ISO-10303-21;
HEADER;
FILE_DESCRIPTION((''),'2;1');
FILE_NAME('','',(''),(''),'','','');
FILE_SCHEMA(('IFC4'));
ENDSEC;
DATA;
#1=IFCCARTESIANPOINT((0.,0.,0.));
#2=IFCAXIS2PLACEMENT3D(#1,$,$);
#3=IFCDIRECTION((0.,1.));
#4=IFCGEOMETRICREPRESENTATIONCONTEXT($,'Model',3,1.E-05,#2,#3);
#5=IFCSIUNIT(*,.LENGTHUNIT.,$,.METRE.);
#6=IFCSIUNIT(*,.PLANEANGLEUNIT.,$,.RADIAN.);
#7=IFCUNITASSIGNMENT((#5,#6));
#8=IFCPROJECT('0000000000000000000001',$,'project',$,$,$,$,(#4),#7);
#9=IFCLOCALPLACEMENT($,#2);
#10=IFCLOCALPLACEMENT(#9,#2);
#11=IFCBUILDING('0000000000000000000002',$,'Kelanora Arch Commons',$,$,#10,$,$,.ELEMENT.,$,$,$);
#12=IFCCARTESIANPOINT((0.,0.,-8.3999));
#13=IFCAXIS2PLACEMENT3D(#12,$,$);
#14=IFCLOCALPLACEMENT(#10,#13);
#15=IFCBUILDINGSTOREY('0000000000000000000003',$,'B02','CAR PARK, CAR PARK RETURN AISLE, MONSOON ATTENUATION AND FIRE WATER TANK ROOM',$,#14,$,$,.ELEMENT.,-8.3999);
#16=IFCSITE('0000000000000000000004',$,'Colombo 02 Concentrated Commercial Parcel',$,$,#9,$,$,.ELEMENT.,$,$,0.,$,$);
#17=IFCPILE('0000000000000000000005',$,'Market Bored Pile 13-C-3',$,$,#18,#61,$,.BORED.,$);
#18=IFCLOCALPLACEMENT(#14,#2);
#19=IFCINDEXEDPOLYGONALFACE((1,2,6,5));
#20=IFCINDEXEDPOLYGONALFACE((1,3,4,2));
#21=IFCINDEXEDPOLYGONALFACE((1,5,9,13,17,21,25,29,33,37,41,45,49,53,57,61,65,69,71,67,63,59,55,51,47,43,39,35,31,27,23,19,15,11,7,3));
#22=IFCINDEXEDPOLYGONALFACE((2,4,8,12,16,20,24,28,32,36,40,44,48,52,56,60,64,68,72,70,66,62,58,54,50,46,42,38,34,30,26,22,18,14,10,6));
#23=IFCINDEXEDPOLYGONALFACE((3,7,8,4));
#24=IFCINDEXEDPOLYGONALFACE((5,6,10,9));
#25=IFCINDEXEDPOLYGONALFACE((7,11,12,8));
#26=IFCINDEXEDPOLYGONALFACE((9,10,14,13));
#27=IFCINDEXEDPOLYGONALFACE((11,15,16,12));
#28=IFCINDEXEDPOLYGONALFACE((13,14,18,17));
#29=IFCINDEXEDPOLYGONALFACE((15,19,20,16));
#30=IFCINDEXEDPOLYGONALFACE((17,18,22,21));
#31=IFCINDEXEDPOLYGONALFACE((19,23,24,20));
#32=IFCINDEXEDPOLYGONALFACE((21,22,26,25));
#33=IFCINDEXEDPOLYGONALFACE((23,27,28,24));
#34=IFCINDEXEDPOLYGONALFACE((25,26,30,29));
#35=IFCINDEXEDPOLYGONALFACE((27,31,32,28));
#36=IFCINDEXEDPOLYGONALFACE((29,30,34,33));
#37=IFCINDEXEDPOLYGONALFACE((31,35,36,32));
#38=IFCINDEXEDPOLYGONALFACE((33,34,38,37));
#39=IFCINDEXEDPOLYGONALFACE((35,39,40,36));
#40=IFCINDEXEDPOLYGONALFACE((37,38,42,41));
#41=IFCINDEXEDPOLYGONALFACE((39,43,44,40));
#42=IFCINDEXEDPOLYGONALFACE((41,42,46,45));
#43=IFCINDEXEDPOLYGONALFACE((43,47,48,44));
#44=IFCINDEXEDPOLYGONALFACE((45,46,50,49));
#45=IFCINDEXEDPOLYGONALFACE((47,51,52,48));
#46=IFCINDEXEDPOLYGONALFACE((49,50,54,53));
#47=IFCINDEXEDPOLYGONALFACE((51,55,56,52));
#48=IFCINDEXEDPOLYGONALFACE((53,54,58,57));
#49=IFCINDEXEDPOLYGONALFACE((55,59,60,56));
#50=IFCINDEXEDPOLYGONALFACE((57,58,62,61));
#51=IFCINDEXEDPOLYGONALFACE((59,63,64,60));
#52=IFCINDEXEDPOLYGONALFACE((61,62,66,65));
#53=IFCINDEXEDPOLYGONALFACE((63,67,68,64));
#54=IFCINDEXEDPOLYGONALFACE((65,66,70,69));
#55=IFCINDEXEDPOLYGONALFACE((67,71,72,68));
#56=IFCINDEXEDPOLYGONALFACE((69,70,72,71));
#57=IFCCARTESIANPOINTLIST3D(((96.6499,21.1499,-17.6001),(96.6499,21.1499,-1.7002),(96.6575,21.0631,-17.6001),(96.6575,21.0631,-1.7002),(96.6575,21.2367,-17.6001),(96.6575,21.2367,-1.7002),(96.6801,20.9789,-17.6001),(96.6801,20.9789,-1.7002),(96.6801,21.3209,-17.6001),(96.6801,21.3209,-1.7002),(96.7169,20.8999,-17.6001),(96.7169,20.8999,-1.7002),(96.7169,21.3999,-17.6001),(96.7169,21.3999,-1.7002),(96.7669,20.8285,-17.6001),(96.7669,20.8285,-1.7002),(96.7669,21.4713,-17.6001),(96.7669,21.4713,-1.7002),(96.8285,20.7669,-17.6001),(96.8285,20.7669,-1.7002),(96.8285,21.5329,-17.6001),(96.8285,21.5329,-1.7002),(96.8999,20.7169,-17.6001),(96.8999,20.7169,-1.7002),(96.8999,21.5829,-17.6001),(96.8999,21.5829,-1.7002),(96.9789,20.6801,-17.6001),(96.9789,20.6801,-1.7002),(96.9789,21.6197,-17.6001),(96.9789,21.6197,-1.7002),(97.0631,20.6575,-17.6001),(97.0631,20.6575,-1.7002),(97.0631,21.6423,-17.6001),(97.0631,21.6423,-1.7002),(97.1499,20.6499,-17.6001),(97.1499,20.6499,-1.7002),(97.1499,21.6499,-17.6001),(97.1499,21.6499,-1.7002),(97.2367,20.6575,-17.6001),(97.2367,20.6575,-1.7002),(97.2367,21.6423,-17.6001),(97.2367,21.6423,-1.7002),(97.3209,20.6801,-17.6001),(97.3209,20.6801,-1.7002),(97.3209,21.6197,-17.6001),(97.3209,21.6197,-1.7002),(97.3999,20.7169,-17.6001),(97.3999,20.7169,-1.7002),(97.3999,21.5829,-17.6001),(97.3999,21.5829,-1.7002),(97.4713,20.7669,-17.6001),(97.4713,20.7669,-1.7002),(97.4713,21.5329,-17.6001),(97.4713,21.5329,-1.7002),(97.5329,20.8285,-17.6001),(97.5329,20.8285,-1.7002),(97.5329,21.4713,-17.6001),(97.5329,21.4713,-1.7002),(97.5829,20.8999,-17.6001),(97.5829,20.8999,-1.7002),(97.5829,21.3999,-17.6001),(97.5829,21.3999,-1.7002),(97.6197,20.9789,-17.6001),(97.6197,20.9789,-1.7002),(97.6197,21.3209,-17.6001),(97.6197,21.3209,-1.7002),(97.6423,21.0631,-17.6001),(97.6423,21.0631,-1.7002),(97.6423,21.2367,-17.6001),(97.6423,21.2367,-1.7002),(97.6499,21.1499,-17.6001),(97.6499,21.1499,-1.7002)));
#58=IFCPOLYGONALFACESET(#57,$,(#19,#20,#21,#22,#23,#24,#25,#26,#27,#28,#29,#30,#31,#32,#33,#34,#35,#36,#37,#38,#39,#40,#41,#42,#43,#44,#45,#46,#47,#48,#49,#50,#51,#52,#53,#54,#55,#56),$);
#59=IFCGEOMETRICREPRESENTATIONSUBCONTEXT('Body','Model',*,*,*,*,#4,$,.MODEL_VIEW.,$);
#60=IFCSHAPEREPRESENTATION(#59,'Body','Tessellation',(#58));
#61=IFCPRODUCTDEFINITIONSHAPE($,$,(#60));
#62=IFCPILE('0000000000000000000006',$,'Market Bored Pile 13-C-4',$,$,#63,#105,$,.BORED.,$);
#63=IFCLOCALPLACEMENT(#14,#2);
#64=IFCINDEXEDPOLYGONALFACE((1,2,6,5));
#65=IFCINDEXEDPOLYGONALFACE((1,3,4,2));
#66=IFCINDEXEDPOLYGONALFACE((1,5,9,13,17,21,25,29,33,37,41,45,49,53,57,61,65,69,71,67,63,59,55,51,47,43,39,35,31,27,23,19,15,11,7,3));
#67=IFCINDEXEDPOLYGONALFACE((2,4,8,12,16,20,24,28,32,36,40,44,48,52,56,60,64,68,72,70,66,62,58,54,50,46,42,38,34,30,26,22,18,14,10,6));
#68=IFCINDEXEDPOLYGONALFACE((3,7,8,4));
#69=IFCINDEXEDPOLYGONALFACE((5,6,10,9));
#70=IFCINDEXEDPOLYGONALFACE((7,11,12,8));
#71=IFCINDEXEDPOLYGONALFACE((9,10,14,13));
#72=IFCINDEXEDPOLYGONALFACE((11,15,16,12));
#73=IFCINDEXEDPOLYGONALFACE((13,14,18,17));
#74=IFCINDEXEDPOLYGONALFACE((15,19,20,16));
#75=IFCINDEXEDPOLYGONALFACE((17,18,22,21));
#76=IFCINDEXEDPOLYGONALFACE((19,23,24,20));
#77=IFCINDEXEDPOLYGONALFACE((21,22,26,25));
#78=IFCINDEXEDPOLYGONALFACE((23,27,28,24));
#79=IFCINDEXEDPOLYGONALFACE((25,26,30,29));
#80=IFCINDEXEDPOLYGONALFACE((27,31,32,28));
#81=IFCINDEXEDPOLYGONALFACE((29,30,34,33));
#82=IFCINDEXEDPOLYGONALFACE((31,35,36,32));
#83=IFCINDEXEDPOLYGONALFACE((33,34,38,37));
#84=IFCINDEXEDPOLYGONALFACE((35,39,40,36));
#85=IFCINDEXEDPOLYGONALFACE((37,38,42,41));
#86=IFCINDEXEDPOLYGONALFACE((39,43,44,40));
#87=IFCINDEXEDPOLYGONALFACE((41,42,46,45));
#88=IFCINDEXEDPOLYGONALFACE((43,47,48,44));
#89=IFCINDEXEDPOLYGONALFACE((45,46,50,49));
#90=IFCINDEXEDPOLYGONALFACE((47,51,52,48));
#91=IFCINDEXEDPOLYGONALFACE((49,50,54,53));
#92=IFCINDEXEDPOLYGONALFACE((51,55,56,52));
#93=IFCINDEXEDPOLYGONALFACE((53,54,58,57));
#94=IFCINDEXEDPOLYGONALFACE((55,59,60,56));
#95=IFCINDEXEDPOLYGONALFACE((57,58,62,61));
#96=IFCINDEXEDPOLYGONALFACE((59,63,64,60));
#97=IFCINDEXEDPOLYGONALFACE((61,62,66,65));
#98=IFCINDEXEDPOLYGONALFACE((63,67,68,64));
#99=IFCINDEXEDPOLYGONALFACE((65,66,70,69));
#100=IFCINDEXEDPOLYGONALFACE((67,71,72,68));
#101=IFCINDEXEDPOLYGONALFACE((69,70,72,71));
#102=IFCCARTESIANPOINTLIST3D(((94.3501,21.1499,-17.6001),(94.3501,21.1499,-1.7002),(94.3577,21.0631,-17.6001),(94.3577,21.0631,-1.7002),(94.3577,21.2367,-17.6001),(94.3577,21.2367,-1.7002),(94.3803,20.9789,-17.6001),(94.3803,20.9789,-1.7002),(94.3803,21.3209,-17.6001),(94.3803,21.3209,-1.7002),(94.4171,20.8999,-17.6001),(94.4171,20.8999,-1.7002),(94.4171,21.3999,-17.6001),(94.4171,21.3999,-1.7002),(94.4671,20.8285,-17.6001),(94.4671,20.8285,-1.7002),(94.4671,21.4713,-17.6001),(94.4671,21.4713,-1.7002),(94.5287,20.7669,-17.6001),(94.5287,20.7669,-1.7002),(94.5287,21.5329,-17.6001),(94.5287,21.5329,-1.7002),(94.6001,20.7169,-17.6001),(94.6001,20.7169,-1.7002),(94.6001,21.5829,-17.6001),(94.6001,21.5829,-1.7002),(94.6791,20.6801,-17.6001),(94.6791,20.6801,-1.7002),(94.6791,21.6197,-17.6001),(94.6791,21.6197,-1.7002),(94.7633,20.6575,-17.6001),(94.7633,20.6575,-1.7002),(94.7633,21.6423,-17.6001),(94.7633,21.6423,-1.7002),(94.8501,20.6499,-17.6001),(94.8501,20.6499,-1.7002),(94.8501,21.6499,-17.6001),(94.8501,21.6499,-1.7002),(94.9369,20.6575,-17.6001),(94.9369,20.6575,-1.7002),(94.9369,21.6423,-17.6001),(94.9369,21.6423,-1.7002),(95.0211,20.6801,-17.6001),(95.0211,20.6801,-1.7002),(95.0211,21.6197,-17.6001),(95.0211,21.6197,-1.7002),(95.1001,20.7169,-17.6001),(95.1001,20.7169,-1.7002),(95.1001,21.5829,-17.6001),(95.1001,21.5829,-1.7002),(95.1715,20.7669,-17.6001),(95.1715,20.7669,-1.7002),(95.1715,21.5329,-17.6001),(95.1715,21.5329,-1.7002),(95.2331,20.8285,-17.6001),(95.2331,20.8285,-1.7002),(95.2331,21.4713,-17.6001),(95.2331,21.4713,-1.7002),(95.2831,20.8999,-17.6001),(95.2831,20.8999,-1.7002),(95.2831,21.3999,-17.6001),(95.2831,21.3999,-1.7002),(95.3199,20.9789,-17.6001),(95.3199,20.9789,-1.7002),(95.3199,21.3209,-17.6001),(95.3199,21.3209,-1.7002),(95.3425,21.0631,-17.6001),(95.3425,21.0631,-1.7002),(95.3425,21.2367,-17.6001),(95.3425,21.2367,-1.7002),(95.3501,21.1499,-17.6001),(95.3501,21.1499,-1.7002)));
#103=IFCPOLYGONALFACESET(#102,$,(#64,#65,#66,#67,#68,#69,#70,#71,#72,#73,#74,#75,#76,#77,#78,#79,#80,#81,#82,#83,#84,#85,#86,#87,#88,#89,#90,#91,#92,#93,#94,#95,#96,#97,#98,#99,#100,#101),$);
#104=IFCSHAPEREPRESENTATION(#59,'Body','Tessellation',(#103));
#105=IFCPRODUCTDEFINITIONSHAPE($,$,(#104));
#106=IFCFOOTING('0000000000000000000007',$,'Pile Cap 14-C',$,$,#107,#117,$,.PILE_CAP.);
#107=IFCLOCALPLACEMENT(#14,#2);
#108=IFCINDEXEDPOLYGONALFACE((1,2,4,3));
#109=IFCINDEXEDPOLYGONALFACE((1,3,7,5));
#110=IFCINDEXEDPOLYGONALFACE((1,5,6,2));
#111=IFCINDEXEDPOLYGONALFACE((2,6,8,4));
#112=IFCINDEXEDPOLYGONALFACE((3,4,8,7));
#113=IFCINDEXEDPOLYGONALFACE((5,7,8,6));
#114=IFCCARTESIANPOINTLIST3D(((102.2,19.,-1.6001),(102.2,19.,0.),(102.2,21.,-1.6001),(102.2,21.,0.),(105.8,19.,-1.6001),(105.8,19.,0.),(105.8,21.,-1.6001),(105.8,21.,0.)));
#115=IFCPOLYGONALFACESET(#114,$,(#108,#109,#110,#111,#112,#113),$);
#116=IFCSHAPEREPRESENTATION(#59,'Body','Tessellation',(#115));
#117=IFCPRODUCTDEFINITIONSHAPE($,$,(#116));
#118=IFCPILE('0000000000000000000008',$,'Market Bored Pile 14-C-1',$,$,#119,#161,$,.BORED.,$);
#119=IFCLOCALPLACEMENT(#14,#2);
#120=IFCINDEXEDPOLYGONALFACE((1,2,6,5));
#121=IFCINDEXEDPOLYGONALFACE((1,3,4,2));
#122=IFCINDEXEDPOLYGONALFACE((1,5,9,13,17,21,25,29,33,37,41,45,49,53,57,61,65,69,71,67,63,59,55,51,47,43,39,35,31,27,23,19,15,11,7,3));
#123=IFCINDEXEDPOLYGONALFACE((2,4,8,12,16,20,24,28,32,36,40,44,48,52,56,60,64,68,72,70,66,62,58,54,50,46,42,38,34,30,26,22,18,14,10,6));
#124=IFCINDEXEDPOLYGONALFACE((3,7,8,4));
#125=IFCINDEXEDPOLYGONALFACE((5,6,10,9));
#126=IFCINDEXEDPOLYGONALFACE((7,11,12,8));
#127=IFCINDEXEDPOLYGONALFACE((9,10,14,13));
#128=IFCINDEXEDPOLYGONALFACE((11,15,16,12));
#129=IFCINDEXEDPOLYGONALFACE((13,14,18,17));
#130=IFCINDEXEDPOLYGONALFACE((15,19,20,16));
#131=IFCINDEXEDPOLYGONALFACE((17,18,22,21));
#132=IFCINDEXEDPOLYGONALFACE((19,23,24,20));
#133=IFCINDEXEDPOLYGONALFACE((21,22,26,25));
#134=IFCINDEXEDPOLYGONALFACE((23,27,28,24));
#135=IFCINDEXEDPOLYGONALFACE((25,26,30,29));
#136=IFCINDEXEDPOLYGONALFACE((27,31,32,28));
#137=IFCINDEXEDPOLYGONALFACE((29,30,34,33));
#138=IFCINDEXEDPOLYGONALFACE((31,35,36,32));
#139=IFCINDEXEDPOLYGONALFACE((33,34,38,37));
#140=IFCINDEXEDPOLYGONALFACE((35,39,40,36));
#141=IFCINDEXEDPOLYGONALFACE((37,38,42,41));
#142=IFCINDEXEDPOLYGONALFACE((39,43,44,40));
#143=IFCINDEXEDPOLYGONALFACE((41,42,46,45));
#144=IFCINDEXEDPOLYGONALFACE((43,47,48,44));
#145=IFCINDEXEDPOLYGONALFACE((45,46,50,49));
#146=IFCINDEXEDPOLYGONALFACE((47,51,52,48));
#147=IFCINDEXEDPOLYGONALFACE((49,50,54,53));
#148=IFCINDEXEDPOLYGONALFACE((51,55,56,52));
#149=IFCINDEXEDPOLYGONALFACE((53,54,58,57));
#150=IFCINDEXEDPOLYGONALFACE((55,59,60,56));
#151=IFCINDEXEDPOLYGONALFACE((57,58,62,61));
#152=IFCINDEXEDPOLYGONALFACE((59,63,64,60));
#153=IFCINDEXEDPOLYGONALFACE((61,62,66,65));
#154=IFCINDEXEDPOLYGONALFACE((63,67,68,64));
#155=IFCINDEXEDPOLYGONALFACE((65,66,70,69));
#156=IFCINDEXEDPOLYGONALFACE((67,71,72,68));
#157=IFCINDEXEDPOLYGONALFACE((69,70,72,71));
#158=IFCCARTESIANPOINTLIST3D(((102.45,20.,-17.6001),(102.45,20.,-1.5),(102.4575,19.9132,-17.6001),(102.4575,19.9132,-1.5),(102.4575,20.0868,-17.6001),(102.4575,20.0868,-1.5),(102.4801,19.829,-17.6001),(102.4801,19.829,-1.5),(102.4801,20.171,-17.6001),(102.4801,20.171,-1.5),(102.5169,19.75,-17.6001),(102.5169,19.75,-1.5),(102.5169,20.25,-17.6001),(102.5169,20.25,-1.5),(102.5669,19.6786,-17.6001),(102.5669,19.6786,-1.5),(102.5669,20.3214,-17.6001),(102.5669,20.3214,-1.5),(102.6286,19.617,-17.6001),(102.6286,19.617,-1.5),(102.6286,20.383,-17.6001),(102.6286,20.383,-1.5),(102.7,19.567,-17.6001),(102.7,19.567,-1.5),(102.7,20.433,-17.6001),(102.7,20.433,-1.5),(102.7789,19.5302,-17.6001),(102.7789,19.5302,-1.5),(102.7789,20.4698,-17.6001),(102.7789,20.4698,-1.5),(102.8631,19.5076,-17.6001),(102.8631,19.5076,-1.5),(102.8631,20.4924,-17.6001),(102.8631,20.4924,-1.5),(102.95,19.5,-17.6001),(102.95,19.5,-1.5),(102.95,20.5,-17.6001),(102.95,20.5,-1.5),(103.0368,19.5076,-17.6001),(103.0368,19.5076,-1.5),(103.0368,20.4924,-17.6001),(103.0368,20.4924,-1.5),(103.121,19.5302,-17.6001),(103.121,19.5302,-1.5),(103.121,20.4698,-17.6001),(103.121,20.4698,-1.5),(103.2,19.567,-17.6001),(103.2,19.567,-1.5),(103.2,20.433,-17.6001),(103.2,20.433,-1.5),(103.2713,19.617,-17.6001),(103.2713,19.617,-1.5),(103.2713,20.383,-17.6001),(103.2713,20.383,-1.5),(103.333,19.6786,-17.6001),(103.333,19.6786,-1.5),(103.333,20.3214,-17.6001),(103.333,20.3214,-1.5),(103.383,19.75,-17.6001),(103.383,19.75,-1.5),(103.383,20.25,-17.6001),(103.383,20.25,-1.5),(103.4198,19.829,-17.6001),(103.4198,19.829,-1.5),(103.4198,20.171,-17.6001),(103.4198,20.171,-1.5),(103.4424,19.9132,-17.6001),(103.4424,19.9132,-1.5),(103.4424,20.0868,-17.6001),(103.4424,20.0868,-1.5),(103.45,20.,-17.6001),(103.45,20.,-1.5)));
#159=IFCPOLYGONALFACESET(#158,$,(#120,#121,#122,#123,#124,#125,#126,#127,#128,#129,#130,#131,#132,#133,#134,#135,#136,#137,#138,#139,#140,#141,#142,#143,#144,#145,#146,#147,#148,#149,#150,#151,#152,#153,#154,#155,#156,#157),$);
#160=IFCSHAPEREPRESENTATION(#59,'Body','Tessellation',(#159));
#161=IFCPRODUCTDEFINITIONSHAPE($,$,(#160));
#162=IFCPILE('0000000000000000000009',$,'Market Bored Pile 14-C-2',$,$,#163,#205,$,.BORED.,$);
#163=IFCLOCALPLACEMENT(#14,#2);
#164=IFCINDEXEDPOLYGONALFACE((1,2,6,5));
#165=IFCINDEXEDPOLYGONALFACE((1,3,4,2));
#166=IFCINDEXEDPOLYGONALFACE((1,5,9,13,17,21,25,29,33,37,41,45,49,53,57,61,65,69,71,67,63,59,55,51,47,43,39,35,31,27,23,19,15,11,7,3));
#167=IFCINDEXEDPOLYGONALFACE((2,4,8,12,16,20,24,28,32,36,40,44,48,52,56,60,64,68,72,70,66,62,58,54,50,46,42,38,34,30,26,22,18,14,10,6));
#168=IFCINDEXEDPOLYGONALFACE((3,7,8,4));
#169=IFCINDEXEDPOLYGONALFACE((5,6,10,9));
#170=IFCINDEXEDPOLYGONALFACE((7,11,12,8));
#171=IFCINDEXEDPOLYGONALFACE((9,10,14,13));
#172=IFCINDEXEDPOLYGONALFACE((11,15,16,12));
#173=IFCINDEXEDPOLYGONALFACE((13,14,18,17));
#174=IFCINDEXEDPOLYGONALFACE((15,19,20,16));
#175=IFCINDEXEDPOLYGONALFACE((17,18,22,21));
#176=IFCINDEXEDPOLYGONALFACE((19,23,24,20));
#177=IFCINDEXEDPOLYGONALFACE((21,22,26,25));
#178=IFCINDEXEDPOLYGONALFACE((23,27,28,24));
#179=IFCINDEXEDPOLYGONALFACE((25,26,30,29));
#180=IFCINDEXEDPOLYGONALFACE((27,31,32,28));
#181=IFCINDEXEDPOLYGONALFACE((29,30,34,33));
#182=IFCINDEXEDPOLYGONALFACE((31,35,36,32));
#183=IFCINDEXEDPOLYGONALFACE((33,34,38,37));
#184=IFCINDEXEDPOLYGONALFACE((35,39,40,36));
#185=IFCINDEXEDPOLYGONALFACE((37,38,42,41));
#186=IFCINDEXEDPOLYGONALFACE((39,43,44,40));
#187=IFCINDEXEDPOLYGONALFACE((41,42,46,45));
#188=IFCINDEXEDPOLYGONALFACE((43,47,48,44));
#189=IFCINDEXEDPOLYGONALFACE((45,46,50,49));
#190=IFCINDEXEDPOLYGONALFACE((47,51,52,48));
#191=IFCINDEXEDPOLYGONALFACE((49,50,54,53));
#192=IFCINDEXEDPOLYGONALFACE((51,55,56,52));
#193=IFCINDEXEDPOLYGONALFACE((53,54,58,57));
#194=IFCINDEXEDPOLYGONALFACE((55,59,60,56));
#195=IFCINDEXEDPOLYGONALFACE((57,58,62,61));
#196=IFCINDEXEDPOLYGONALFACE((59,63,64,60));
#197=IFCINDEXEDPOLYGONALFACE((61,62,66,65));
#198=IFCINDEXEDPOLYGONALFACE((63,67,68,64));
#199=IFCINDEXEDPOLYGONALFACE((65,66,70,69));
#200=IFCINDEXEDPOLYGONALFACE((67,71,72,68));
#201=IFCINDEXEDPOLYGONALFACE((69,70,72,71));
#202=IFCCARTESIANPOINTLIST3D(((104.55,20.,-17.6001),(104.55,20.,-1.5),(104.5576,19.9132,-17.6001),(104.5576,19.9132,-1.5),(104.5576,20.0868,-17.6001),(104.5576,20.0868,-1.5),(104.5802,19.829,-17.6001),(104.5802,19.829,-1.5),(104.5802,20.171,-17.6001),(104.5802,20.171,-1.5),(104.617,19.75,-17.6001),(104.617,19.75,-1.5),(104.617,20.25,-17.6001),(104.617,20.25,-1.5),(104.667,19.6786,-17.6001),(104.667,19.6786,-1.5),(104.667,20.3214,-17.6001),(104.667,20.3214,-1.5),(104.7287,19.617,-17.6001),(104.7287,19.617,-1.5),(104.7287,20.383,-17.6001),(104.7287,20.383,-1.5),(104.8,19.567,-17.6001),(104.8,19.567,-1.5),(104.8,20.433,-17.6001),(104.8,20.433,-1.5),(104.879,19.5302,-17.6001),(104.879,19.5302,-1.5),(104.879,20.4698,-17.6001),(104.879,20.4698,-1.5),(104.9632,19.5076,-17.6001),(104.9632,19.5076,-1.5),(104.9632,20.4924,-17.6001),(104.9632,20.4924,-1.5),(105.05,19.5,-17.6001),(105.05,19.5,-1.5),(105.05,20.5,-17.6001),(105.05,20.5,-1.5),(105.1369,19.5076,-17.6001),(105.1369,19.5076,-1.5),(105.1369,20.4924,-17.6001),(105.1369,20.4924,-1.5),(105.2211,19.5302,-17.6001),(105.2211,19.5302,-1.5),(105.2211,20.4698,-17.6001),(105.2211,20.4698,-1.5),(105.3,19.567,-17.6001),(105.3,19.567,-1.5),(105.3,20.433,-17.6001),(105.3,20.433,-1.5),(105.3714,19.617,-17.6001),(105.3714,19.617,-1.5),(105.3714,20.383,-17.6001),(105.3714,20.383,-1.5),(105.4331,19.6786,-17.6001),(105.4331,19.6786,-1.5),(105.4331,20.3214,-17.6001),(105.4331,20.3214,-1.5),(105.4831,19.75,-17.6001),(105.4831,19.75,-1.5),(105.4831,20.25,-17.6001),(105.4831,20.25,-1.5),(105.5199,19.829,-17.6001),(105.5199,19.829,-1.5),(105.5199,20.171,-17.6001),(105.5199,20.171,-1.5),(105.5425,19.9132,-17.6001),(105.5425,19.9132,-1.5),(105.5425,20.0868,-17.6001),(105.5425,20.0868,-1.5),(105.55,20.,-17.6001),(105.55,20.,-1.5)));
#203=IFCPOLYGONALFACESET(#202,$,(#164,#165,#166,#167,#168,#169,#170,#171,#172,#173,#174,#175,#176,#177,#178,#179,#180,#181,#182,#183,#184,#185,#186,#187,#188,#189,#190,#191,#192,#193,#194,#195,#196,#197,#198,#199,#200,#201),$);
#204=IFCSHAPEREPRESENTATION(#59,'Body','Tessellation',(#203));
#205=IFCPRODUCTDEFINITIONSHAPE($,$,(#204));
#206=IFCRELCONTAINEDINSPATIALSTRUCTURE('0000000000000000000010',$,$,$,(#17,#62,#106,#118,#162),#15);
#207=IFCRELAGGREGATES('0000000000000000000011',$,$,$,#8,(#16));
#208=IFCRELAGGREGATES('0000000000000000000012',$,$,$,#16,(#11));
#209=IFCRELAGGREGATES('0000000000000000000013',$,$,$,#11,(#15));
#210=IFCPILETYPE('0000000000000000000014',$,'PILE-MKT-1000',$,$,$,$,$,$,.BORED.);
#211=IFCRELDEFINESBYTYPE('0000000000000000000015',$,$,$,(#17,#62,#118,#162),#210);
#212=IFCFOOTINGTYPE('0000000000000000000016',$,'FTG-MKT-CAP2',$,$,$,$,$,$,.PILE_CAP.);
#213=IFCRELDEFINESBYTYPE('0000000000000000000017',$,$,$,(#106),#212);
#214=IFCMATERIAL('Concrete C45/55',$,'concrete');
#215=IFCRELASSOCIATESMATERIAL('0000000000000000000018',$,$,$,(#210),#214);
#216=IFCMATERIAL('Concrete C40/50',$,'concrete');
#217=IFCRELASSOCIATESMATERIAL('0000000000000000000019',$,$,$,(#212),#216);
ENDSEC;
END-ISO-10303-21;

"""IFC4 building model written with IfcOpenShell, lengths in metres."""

from ifc_helpers import new_model, si_unit, direction, frame, origin, origin_2d, place, context, subcontext, project, spatial, rectangle, circle, extrude, source, transform, mapped, material, material_profile, profile_set, type_object, element, save


model = new_model("IFC4")

# Units and contexts
model_context = context("Model", 3, precision=1e-05, world=origin(), true_north=direction((0.0, 1.0)))
body_context = subcontext(model_context, "Body", "Model", "MODEL_VIEW")
ifc_project = project(units=[si_unit("LENGTHUNIT", "METRE"), si_unit("PLANEANGLEUNIT", "RADIAN")], contexts=[model_context])

# Site, building, storey
site_placement = place(None, origin())
site = spatial("IfcSite", under=ifc_project, at=site_placement, Name="Colombo 02 Concentrated Commercial Parcel", CompositionType="ELEMENT", RefElevation=0.0)
building_placement = place(site_placement, origin())
building = spatial("IfcBuilding", under=site, at=building_placement, Name="Kelanora Arch Commons", CompositionType="ELEMENT")
storey_placement = place(building_placement, frame((0.0, 0.0, -8.3999)))
storey = spatial("IfcBuildingStorey", under=building, at=storey_placement, Name="B02", Description="CAR PARK, CAR PARK RETURN AISLE, MONSOON ATTENUATION AND FIRE WATER TANK ROOM", CompositionType="ELEMENT", Elevation=-8.3999)

# Shared definitions
ifc_material_1 = material(Name="Concrete C40/50", Category="concrete")

# Piles
ifc_material_2 = material(Name="Concrete C45/55", Category="concrete")
ifc_material_profile_1 = material_profile(ifc_material_2, circle(Radius=0.5, at=origin_2d()), Name="PILE1000")
ifc_profile_set_1 = profile_set([ifc_material_profile_1], Name="Concrete C45/55")
pile_type = type_object("IfcPileType", Name="PILE-MKT-1000", PredefinedType="BORED", material=ifc_profile_set_1)
shared_shape_1 = source(origin(), body_context, "Body", "SweptSolid", [
    extrude(circle(Radius=0.5, at=origin_2d()), origin(), (0.0, 0.0, 1.0), 15.8999),
])
for number, where, z_axis, x_axis, name in (
    (1, (97.1499, 21.1499, -1.7002), (0.0, 0.0, -1.0), (1.0, 0.0, 0.0), "Market Bored Pile 13-C-3"),
    (2, (94.8501, 21.1499, -1.7002), (0.0, 0.0, -1.0), (1.0, 0.0, 0.0), "Market Bored Pile 13-C-4"),
):
    element("IfcPile", number, at=place(storey_placement, frame(where, z_axis=z_axis, x_axis=x_axis)), inside=storey, type_object=pile_type, Name=name, PredefinedType="BORED", context=body_context, shape_type="MappedRepresentation", body=[
        mapped(shared_shape_1, transform((0.0, 0.0, 0.0), scale=1.0)),
    ])

# Footing
footing_type_1 = type_object("IfcFootingType", Name="FTG-MKT-CAP2", PredefinedType="PILE_CAP", material=ifc_material_1)
shared_shape_2 = source(origin(), body_context, "Body", "SweptSolid", [
    extrude(rectangle(XDim=3.6001, YDim=2.0, at=origin_2d()), origin(), (0.0, 0.0, 1.0), 1.6001),
])
footing_1_placement = place(storey_placement, frame((104.0, 20.0, -1.6001), z_axis=(0.0, 0.0, 1.0), x_axis=(1.0, 0.0, 0.0)))
element("IfcFooting", 3, at=footing_1_placement, inside=storey, type_object=footing_type_1, Name="Pile Cap 14-C", PredefinedType="PILE_CAP", context=body_context, shape_type="MappedRepresentation", body=[
    mapped(shared_shape_2, transform((0.0, 0.0, 0.0), scale=1.0)),
])

# Piles
shared_shape_3 = source(origin(), body_context, "Body", "SweptSolid", [
    extrude(circle(Radius=0.5, at=origin_2d()), origin(), (0.0, 0.0, 1.0), 16.1001),
])
for number, where, z_axis, x_axis, name in (
    (4, (102.95, 20.0, -1.5), (0.0, 0.0, -1.0), (1.0, 0.0, 0.0), "Market Bored Pile 14-C-1"),
    (5, (105.05, 20.0, -1.5), (0.0, 0.0, -1.0), (1.0, 0.0, 0.0), "Market Bored Pile 14-C-2"),
):
    element("IfcPile", number, at=place(storey_placement, frame(where, z_axis=z_axis, x_axis=x_axis)), inside=storey, type_object=pile_type, Name=name, PredefinedType="BORED", context=body_context, shape_type="MappedRepresentation", body=[
        mapped(shared_shape_3, transform((0.0, 0.0, 0.0), scale=1.0)),
    ])

save(model, "model.ifc")
